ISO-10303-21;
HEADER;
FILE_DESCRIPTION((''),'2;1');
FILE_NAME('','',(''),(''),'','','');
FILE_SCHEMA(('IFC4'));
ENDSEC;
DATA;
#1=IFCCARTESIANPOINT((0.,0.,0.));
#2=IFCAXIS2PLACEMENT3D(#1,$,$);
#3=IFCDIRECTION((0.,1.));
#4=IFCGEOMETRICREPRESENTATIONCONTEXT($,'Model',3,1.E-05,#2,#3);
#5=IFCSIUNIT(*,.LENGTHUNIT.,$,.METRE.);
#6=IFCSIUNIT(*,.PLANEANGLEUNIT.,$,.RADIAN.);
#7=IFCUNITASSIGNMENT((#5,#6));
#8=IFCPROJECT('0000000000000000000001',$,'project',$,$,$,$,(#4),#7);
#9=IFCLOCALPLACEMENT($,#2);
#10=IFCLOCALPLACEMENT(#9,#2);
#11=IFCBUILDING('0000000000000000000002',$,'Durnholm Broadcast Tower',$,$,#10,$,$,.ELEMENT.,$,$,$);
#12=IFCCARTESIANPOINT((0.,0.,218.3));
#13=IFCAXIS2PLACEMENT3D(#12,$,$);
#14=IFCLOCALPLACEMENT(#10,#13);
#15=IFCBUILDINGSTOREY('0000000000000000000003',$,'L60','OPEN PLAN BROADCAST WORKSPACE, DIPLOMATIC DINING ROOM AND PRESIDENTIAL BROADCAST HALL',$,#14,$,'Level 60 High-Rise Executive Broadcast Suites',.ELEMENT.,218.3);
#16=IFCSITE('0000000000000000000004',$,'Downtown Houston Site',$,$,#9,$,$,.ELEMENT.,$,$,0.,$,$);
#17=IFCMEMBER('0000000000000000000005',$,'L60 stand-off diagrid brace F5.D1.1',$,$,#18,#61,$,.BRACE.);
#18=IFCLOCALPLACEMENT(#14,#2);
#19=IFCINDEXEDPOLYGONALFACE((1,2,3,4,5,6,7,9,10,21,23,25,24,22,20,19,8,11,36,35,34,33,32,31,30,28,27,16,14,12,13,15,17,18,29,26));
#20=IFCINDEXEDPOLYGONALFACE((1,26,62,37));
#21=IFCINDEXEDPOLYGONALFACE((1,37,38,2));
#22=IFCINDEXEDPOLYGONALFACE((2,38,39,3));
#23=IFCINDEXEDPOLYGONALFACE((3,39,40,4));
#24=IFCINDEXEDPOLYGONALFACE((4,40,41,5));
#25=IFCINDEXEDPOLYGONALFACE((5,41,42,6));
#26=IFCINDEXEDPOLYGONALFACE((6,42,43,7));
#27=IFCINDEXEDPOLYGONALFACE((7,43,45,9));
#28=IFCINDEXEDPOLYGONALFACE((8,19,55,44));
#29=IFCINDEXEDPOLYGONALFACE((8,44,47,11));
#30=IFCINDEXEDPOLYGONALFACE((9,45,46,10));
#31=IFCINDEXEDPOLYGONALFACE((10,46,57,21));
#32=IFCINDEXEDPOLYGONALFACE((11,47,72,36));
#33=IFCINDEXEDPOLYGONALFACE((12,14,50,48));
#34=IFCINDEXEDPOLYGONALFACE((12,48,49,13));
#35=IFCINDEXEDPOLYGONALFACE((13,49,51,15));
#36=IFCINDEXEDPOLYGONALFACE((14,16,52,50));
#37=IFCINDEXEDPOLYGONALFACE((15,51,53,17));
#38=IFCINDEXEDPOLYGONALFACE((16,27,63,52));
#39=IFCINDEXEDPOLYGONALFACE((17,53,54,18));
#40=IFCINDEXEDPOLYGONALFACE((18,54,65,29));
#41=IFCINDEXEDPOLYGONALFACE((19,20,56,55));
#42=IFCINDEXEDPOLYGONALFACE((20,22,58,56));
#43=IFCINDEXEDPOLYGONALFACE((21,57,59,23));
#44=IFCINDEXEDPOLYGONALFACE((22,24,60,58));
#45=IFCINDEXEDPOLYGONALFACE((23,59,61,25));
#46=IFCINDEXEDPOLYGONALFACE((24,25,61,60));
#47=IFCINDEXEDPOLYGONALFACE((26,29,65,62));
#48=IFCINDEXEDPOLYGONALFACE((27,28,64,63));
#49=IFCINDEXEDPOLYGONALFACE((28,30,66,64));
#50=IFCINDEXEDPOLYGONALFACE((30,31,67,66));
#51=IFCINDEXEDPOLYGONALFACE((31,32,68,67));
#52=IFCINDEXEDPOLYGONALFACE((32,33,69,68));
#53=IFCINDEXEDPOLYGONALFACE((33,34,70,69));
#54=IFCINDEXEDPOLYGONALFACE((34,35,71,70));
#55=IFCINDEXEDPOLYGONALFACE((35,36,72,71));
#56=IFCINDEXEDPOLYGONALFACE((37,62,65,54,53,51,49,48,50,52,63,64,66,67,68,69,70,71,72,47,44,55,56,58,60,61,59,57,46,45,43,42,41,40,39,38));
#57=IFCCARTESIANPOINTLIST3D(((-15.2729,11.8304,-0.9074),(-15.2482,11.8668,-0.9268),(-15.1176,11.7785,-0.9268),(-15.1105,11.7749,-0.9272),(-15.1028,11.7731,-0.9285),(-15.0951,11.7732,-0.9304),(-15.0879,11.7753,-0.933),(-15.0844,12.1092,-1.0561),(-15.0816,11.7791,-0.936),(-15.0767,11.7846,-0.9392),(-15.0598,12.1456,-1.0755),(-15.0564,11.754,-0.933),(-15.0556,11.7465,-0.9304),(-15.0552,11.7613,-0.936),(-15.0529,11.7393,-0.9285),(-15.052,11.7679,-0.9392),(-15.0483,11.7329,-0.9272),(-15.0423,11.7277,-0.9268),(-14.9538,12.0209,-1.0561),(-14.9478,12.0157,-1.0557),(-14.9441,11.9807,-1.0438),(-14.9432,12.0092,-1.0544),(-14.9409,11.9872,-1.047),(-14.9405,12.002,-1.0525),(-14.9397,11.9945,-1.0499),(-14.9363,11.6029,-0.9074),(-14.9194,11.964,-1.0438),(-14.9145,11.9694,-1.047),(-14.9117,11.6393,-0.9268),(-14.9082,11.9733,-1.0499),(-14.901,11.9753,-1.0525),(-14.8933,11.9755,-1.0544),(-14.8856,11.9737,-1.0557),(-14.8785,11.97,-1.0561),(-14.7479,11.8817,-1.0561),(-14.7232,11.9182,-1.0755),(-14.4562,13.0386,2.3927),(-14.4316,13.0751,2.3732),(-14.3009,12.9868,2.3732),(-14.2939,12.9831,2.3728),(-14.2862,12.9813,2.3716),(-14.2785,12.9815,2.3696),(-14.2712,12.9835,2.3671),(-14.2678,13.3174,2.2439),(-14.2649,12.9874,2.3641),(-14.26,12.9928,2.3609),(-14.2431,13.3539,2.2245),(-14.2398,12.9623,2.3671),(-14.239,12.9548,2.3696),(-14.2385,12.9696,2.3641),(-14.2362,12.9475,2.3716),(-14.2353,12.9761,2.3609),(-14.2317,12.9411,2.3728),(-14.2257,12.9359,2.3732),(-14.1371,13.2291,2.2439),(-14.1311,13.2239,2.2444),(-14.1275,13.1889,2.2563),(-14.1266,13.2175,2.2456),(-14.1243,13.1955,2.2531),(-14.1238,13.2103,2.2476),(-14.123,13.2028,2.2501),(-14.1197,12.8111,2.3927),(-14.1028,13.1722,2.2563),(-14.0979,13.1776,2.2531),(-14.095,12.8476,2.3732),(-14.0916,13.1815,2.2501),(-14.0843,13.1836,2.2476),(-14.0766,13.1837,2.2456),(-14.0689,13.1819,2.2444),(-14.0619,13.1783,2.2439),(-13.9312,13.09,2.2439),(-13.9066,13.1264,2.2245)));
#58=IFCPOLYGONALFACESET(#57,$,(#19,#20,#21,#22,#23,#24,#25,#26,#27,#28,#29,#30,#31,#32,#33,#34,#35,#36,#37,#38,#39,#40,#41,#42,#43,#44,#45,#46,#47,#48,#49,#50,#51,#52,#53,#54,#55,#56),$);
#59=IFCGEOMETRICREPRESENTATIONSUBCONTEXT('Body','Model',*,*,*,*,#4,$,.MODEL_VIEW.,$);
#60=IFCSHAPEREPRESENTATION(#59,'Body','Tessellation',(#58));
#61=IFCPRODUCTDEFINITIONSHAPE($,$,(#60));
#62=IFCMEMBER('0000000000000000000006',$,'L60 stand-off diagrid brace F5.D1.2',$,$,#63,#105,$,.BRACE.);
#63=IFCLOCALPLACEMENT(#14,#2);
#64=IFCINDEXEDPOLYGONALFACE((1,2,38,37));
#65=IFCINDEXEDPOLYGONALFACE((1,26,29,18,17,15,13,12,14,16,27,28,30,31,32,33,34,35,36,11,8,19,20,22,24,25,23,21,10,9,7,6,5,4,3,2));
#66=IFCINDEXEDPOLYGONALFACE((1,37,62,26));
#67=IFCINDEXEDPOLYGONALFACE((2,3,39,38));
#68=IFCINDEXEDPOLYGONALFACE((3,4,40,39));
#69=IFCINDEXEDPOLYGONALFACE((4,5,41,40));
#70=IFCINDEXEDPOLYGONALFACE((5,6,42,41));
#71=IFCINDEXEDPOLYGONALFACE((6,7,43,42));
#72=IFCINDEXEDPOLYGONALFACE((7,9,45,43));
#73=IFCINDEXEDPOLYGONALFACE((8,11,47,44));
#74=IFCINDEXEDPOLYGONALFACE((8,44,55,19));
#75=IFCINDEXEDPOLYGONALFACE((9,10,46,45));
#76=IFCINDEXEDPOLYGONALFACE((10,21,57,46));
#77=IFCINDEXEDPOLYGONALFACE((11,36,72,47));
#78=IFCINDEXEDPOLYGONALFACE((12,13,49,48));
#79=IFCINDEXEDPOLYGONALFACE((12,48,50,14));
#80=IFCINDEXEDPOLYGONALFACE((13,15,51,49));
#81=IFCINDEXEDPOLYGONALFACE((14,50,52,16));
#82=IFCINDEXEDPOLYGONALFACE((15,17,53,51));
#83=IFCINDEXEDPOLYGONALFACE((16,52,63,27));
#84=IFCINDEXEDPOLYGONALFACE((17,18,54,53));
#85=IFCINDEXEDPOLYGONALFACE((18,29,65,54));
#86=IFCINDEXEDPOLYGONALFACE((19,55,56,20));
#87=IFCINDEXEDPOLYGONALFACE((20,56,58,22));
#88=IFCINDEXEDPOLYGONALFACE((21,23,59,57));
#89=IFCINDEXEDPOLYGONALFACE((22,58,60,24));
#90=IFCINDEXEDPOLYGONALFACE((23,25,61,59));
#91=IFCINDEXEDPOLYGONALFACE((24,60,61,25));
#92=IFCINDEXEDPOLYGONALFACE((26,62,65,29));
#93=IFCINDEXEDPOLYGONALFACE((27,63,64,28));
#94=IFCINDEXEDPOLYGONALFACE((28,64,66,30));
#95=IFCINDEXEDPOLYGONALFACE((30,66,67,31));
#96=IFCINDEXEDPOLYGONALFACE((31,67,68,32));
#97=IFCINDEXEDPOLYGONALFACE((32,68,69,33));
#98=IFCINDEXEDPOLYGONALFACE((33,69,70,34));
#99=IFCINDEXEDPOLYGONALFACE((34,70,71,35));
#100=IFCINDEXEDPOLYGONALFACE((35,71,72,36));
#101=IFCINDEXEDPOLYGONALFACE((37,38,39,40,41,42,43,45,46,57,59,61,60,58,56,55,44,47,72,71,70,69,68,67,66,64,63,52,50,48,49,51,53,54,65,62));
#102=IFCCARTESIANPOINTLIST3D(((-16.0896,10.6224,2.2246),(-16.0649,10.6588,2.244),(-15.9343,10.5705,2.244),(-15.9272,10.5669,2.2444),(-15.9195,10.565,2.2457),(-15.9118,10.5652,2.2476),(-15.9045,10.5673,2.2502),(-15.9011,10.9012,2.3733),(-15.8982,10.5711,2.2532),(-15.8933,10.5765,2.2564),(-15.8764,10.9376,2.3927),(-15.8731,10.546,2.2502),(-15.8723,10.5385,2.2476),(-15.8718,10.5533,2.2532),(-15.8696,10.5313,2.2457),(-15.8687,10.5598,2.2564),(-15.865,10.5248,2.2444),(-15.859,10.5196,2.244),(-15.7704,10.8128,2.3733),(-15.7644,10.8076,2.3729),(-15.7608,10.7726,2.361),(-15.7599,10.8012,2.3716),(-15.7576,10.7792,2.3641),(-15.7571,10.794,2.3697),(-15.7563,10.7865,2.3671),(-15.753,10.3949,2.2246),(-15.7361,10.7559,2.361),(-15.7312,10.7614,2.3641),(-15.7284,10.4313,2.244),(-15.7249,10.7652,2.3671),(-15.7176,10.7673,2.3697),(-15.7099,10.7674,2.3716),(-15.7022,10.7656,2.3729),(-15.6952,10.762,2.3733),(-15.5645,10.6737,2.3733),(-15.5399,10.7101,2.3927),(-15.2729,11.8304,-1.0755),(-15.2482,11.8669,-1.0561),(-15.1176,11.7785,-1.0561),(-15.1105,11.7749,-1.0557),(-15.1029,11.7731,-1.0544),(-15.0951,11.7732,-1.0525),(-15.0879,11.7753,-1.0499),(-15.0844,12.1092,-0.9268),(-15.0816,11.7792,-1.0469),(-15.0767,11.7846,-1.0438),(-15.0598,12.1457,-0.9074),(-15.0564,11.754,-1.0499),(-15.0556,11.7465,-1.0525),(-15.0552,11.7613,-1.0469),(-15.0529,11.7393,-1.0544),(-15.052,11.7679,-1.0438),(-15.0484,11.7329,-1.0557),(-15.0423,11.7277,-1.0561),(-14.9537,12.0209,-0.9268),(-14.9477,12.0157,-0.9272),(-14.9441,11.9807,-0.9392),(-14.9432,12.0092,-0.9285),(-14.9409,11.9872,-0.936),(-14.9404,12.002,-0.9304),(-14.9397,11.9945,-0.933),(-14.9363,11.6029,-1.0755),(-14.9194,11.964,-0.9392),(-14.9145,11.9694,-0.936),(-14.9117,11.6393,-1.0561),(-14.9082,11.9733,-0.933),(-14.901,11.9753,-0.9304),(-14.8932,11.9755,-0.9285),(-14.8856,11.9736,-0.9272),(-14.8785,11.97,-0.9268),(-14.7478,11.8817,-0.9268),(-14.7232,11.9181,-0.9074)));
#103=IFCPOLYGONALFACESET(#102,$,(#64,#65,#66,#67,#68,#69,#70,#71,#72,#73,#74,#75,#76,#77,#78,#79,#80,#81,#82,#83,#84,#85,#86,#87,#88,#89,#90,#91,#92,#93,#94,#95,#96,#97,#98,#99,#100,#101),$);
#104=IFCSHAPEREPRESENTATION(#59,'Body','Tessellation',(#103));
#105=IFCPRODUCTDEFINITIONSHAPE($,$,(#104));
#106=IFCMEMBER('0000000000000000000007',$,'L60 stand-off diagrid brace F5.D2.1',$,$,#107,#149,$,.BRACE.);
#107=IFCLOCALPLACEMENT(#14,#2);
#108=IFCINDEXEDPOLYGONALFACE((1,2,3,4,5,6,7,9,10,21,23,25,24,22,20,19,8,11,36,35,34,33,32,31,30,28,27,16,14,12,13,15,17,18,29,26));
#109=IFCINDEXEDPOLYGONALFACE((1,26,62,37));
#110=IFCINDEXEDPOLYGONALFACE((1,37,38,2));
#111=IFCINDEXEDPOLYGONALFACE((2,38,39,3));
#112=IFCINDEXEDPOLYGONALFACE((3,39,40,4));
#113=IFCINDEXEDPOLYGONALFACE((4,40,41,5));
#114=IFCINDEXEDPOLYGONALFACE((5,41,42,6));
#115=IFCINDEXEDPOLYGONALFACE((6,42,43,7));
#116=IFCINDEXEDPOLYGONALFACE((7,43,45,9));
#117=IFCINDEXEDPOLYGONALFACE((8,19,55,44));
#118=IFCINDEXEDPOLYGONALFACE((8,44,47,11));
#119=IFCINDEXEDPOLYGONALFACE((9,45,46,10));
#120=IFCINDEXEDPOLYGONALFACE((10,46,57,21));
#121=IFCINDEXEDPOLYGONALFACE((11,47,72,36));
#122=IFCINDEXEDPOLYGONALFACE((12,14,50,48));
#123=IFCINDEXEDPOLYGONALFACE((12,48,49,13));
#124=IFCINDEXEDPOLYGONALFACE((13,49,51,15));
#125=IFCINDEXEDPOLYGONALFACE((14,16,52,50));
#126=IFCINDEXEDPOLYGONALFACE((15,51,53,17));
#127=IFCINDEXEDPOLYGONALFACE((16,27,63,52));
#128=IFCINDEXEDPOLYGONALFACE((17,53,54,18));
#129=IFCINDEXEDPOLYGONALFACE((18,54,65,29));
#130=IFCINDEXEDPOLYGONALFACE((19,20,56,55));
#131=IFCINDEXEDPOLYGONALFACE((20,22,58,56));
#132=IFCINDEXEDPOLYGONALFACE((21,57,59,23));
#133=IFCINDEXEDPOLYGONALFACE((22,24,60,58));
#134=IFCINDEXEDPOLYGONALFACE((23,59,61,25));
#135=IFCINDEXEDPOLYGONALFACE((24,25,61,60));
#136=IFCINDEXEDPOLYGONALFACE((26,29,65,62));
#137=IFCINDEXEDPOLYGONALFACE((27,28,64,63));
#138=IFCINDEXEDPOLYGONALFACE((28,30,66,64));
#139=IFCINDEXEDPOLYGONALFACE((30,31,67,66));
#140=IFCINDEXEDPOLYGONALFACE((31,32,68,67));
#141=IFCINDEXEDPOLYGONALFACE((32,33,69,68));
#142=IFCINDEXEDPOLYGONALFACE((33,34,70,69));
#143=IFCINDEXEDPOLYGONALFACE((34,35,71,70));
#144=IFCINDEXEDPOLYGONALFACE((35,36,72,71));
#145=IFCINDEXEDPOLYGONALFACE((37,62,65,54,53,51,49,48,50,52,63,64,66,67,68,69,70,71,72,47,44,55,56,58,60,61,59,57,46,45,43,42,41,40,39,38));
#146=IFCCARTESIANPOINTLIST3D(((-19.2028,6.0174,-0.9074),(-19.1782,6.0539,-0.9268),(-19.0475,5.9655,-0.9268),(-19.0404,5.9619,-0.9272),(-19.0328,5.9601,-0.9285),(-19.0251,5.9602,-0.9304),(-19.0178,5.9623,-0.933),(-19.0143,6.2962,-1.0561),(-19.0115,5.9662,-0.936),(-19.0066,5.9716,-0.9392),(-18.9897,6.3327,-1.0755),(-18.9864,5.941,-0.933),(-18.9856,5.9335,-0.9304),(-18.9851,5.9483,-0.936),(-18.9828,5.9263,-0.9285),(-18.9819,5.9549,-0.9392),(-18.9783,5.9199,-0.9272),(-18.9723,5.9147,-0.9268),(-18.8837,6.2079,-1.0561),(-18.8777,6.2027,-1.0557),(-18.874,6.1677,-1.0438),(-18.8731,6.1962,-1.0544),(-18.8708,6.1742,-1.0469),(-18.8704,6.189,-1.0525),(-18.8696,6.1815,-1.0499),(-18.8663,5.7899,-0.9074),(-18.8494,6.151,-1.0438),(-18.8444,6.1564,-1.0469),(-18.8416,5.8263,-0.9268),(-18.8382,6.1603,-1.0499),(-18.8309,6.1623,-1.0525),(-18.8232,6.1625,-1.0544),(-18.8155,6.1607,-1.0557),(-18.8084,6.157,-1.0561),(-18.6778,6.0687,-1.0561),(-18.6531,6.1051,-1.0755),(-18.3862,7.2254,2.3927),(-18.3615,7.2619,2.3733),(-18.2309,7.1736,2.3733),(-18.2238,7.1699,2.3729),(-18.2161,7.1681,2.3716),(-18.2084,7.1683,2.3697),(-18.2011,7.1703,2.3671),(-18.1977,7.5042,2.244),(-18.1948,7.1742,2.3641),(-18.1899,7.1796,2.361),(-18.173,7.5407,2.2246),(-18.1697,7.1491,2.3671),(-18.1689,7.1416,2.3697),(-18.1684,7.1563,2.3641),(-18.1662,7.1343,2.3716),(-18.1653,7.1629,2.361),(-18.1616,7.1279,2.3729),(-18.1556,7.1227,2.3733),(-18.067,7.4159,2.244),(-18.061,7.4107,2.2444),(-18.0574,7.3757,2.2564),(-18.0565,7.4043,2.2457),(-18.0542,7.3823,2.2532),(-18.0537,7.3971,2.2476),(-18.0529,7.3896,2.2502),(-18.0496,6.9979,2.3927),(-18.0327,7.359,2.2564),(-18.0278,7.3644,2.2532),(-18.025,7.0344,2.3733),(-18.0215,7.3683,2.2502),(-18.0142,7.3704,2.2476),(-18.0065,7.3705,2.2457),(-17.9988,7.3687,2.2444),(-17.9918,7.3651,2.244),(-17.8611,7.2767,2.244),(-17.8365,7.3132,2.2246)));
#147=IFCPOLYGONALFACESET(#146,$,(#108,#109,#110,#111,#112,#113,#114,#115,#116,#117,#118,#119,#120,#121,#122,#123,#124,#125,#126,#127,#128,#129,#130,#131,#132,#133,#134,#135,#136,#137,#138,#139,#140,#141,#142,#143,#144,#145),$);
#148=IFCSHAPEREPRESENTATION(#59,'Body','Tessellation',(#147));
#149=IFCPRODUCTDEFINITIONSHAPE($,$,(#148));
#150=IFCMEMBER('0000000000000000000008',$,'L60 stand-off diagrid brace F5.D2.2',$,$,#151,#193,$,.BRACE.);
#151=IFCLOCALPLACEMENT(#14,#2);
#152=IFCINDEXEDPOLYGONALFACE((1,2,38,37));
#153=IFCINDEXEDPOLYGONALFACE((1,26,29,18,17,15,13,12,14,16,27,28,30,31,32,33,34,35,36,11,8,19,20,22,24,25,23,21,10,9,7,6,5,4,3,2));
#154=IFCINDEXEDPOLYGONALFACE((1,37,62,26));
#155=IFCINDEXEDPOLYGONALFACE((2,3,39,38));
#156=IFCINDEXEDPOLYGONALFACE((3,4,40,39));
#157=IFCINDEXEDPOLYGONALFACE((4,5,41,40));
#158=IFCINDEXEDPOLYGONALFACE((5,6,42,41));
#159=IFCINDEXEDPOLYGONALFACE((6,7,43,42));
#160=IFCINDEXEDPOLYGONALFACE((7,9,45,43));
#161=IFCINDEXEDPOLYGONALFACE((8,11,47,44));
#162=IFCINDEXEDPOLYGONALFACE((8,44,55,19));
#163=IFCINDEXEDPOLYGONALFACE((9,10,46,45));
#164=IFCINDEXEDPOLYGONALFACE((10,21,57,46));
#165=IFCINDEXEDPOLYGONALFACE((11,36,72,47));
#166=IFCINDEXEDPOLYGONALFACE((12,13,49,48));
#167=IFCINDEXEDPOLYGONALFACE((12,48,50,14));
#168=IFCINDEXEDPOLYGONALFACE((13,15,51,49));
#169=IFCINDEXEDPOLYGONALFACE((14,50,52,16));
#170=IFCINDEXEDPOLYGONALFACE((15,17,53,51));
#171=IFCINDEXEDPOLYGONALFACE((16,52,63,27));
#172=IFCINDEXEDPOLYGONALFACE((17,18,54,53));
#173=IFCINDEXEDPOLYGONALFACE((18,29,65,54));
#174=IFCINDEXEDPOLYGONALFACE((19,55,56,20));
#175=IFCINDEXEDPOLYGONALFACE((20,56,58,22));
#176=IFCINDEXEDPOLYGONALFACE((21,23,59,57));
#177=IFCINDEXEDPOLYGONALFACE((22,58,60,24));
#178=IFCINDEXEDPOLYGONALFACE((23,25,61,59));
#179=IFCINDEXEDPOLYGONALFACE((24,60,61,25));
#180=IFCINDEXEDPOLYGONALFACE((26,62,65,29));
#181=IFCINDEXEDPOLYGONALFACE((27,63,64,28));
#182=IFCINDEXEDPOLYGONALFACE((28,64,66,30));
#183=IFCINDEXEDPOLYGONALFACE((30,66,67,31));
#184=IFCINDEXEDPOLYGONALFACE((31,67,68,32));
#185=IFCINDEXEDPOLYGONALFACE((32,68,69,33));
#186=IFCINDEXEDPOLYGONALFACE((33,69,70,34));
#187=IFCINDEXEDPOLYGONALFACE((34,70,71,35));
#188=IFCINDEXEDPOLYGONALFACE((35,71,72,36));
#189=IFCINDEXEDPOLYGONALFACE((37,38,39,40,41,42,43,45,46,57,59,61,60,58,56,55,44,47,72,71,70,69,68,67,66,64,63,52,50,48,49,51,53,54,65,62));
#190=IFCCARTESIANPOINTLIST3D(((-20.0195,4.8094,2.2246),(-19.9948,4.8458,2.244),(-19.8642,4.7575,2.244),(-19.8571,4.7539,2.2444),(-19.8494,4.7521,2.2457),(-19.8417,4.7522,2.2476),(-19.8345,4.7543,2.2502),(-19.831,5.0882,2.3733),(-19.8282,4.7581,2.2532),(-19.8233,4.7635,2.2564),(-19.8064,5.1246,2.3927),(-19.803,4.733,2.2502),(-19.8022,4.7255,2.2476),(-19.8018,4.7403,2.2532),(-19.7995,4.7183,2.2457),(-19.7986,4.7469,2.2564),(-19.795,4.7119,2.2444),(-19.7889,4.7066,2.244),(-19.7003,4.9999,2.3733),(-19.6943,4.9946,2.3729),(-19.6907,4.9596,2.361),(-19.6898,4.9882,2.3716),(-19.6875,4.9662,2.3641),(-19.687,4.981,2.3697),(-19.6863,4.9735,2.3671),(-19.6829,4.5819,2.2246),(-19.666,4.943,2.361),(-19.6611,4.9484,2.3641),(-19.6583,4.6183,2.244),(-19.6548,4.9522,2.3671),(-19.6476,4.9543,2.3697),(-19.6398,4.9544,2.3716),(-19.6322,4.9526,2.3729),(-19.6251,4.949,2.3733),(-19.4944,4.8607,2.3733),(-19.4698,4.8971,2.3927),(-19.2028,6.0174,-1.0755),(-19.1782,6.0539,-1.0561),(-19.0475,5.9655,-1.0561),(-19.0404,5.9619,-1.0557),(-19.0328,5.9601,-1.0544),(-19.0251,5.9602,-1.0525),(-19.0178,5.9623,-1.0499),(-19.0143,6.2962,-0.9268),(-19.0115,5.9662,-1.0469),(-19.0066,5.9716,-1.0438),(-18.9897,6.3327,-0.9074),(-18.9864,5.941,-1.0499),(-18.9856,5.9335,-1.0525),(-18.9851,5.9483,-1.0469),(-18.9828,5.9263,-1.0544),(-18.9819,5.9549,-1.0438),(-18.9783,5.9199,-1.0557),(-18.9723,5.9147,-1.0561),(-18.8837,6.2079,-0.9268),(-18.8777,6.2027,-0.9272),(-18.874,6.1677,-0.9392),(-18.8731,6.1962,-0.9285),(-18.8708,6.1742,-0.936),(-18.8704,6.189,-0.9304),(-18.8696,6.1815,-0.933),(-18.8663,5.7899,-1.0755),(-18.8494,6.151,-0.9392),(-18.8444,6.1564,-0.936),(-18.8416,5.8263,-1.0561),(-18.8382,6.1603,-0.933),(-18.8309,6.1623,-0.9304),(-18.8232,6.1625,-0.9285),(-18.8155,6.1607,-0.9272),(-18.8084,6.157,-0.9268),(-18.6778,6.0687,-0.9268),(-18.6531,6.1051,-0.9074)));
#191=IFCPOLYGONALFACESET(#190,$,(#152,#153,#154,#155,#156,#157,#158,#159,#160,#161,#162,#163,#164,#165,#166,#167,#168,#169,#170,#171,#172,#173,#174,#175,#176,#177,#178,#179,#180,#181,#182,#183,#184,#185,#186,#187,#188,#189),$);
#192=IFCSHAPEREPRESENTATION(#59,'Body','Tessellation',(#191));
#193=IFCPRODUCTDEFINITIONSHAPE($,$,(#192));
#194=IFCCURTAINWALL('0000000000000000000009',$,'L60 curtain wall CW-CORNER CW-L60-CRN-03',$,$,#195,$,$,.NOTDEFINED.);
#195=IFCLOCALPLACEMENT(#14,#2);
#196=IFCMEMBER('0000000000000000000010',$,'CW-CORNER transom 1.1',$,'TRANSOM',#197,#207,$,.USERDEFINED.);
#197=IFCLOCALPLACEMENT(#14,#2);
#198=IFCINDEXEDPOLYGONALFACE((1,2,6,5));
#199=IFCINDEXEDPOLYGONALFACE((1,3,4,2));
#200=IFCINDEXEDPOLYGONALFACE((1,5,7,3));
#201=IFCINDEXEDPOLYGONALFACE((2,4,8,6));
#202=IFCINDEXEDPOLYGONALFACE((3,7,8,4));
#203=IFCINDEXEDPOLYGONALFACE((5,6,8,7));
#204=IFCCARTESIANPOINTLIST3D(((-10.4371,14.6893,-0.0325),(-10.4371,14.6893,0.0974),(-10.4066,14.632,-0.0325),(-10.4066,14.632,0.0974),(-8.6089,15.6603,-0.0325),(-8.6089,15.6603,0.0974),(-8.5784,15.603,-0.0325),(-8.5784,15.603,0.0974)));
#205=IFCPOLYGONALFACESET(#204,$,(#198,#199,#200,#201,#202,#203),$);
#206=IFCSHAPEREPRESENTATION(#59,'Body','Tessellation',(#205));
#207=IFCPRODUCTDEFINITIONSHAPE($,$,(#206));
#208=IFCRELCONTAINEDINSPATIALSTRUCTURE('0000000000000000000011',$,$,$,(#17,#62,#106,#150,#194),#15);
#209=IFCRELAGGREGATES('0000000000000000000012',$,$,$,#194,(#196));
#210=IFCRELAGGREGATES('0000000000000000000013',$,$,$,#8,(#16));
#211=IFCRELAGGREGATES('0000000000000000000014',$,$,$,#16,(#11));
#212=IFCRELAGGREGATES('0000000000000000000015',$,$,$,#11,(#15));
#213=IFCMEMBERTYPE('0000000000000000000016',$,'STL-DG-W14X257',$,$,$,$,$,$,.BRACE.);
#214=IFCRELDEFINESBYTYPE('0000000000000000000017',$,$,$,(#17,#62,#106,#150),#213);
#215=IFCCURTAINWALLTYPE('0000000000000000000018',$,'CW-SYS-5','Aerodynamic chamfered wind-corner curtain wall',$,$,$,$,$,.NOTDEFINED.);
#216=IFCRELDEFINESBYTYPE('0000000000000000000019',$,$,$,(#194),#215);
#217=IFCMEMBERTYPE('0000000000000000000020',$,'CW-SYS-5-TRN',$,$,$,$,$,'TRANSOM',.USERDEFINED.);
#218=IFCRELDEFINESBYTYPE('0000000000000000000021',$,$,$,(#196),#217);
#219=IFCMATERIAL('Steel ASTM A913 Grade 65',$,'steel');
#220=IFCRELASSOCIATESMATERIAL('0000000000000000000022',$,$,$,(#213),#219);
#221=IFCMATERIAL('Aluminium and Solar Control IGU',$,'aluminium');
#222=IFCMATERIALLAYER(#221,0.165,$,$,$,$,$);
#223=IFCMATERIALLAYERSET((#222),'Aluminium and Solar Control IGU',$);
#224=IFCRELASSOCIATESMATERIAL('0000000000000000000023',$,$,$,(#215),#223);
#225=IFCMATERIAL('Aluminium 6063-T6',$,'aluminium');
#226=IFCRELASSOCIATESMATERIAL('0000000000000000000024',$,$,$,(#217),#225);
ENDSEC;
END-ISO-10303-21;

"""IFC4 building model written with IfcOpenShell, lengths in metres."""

from ifc_helpers import new_model, si_unit, direction, frame, origin, origin_2d, place, context, subcontext, project, spatial, rectangle, i_section, extrude, source, transform, mapped, material, layer, layer_set, material_profile, profile_set, type_object, type_shapes, element, aggregate, save


model = new_model("IFC4")

# Units and contexts
model_context = context("Model", 3, precision=1e-05, world=origin(), true_north=direction((0.0, 1.0)))
body_context = subcontext(model_context, "Body", "Model", "MODEL_VIEW")
ifc_project = project(units=[si_unit("LENGTHUNIT", "METRE"), si_unit("PLANEANGLEUNIT", "RADIAN")], contexts=[model_context])

# Site, building, storey
site_placement = place(None, origin())
site = spatial("IfcSite", under=ifc_project, at=site_placement, Name="Downtown Houston Site", CompositionType="ELEMENT", RefElevation=0.0)
building_placement = place(site_placement, origin())
building = spatial("IfcBuilding", under=site, at=building_placement, Name="Durnholm Broadcast Tower", CompositionType="ELEMENT")
storey_placement = place(building_placement, frame((0.0, 0.0, 218.3)))
storey = spatial("IfcBuildingStorey", under=building, at=storey_placement, Name="L60", Description="OPEN PLAN BROADCAST WORKSPACE, DIPLOMATIC DINING ROOM AND PRESIDENTIAL BROADCAST HALL", LongName="Level 60 High-Rise Executive Broadcast Suites", CompositionType="ELEMENT", Elevation=218.3)

# Members
ifc_material_1 = material(Name="Steel ASTM A913 Grade 65", Category="steel")
ifc_material_profile_1 = material_profile(ifc_material_1, i_section(OverallWidth=0.4062, OverallDepth=0.416, WebThickness=0.0298, FlangeThickness=0.0481, FilletRadius=0.0305, at=origin_2d()), Name="W14X257")
ifc_profile_set_1 = profile_set([ifc_material_profile_1], Name="Steel ASTM A913 Grade 65")
member_type_1 = type_object("IfcMemberType", Name="STL-DG-W14X257", PredefinedType="BRACE", material=ifc_profile_set_1)
shared_shape_1 = source(origin(), body_context, "Body", "SweptSolid", [
    extrude(i_section(OverallWidth=0.4062, OverallDepth=0.416, WebThickness=0.0298, FlangeThickness=0.0481, FilletRadius=0.0305, at=origin_2d()), origin(), (0.0, 0.0, 1.0), 3.6079),
])
type_shapes(member_type_1, [shared_shape_1])
for number, where, z_axis, x_axis, name in (
    (1, (-14.998, 11.8743, -0.9915), (0.226349, 0.334888, 0.914667), (-0.828505, 0.559982, 0.0), "L60 stand-off diagrid brace F5.D1.1"),
    (2, (-14.998, 11.8743, -0.9915), (-0.226354, -0.334828, 0.914688), (0.828452, -0.560059, 0.0), "L60 stand-off diagrid brace F5.D1.2"),
    (3, (-18.928, 6.0613, -0.9915), (0.226354, 0.334828, 0.914688), (-0.828452, 0.560059, 0.0), "L60 stand-off diagrid brace F5.D2.1"),
    (4, (-18.928, 6.0613, -0.9915), (-0.226354, -0.334828, 0.914688), (0.828452, -0.560059, 0.0), "L60 stand-off diagrid brace F5.D2.2"),
):
    element("IfcMember", number, at=place(storey_placement, frame(where, z_axis=z_axis, x_axis=x_axis)), inside=storey, type_object=member_type_1, Name=name, PredefinedType="BRACE", context=body_context, shape_type="MappedRepresentation", body=[
        mapped(shared_shape_1, transform((0.0, 0.0, 0.0), x_axis=(1.0, 0.0, 0.0), y_axis=(0.0, 1.0, 0.0), z_axis=(0.0, 0.0, 1.0), scale=1.0)),
    ])

# Curtain wall, member
ifc_material_2 = material(Name="Aluminium and Solar Control IGU", Category="aluminium")
ifc_layer_1 = layer(ifc_material_2, 0.165)
ifc_layer_set_1 = layer_set([ifc_layer_1], Name="Aluminium and Solar Control IGU")
curtain_wall_type_1 = type_object("IfcCurtainWallType", Name="CW-SYS-5", Description="Aerodynamic chamfered wind-corner curtain wall", PredefinedType="NOTDEFINED", material=ifc_layer_set_1)
curtain_wall_1_placement = place(storey_placement, origin())
curtain_wall_1 = element("IfcCurtainWall", 5, at=curtain_wall_1_placement, inside=storey, type_object=curtain_wall_type_1, Name="L60 curtain wall CW-CORNER CW-L60-CRN-03", PredefinedType="NOTDEFINED")
ifc_material_3 = material(Name="Aluminium 6063-T6", Category="aluminium")
ifc_material_profile_2 = material_profile(ifc_material_3, rectangle(XDim=0.0649, YDim=0.1299, at=origin_2d()), Name="CWT65X130")
ifc_profile_set_2 = profile_set([ifc_material_profile_2], Name="Aluminium 6063-T6")
member_type_2 = type_object("IfcMemberType", Name="CW-SYS-5-TRN", ElementType="TRANSOM", PredefinedType="USERDEFINED", material=ifc_profile_set_2)
shared_shape_2 = source(origin(), body_context, "Body", "SweptSolid", [
    extrude(rectangle(XDim=0.0649, YDim=0.1299, at=origin_2d()), origin(), (0.0, 0.0, 1.0), 2.0701),
])
type_shapes(member_type_2, [shared_shape_2])
member_1_placement = place(storey_placement, frame((-10.4219, 14.6606, 0.0325), z_axis=(0.883165, 0.469063, 0.0), x_axis=(-0.469063, 0.883165, 0.0)))
member_1 = element("IfcMember", 6, at=member_1_placement, type_object=member_type_2, Name="CW-CORNER transom 1.1", ObjectType="TRANSOM", PredefinedType="USERDEFINED", context=body_context, shape_type="MappedRepresentation", body=[
    mapped(shared_shape_2, transform((0.0, 0.0, 0.0), x_axis=(1.0, 0.0, 0.0), y_axis=(0.0, 1.0, 0.0), z_axis=(0.0, 0.0, 1.0), scale=1.0)),
])

aggregate(curtain_wall_1, [member_1])

save(model, "model.ifc")
